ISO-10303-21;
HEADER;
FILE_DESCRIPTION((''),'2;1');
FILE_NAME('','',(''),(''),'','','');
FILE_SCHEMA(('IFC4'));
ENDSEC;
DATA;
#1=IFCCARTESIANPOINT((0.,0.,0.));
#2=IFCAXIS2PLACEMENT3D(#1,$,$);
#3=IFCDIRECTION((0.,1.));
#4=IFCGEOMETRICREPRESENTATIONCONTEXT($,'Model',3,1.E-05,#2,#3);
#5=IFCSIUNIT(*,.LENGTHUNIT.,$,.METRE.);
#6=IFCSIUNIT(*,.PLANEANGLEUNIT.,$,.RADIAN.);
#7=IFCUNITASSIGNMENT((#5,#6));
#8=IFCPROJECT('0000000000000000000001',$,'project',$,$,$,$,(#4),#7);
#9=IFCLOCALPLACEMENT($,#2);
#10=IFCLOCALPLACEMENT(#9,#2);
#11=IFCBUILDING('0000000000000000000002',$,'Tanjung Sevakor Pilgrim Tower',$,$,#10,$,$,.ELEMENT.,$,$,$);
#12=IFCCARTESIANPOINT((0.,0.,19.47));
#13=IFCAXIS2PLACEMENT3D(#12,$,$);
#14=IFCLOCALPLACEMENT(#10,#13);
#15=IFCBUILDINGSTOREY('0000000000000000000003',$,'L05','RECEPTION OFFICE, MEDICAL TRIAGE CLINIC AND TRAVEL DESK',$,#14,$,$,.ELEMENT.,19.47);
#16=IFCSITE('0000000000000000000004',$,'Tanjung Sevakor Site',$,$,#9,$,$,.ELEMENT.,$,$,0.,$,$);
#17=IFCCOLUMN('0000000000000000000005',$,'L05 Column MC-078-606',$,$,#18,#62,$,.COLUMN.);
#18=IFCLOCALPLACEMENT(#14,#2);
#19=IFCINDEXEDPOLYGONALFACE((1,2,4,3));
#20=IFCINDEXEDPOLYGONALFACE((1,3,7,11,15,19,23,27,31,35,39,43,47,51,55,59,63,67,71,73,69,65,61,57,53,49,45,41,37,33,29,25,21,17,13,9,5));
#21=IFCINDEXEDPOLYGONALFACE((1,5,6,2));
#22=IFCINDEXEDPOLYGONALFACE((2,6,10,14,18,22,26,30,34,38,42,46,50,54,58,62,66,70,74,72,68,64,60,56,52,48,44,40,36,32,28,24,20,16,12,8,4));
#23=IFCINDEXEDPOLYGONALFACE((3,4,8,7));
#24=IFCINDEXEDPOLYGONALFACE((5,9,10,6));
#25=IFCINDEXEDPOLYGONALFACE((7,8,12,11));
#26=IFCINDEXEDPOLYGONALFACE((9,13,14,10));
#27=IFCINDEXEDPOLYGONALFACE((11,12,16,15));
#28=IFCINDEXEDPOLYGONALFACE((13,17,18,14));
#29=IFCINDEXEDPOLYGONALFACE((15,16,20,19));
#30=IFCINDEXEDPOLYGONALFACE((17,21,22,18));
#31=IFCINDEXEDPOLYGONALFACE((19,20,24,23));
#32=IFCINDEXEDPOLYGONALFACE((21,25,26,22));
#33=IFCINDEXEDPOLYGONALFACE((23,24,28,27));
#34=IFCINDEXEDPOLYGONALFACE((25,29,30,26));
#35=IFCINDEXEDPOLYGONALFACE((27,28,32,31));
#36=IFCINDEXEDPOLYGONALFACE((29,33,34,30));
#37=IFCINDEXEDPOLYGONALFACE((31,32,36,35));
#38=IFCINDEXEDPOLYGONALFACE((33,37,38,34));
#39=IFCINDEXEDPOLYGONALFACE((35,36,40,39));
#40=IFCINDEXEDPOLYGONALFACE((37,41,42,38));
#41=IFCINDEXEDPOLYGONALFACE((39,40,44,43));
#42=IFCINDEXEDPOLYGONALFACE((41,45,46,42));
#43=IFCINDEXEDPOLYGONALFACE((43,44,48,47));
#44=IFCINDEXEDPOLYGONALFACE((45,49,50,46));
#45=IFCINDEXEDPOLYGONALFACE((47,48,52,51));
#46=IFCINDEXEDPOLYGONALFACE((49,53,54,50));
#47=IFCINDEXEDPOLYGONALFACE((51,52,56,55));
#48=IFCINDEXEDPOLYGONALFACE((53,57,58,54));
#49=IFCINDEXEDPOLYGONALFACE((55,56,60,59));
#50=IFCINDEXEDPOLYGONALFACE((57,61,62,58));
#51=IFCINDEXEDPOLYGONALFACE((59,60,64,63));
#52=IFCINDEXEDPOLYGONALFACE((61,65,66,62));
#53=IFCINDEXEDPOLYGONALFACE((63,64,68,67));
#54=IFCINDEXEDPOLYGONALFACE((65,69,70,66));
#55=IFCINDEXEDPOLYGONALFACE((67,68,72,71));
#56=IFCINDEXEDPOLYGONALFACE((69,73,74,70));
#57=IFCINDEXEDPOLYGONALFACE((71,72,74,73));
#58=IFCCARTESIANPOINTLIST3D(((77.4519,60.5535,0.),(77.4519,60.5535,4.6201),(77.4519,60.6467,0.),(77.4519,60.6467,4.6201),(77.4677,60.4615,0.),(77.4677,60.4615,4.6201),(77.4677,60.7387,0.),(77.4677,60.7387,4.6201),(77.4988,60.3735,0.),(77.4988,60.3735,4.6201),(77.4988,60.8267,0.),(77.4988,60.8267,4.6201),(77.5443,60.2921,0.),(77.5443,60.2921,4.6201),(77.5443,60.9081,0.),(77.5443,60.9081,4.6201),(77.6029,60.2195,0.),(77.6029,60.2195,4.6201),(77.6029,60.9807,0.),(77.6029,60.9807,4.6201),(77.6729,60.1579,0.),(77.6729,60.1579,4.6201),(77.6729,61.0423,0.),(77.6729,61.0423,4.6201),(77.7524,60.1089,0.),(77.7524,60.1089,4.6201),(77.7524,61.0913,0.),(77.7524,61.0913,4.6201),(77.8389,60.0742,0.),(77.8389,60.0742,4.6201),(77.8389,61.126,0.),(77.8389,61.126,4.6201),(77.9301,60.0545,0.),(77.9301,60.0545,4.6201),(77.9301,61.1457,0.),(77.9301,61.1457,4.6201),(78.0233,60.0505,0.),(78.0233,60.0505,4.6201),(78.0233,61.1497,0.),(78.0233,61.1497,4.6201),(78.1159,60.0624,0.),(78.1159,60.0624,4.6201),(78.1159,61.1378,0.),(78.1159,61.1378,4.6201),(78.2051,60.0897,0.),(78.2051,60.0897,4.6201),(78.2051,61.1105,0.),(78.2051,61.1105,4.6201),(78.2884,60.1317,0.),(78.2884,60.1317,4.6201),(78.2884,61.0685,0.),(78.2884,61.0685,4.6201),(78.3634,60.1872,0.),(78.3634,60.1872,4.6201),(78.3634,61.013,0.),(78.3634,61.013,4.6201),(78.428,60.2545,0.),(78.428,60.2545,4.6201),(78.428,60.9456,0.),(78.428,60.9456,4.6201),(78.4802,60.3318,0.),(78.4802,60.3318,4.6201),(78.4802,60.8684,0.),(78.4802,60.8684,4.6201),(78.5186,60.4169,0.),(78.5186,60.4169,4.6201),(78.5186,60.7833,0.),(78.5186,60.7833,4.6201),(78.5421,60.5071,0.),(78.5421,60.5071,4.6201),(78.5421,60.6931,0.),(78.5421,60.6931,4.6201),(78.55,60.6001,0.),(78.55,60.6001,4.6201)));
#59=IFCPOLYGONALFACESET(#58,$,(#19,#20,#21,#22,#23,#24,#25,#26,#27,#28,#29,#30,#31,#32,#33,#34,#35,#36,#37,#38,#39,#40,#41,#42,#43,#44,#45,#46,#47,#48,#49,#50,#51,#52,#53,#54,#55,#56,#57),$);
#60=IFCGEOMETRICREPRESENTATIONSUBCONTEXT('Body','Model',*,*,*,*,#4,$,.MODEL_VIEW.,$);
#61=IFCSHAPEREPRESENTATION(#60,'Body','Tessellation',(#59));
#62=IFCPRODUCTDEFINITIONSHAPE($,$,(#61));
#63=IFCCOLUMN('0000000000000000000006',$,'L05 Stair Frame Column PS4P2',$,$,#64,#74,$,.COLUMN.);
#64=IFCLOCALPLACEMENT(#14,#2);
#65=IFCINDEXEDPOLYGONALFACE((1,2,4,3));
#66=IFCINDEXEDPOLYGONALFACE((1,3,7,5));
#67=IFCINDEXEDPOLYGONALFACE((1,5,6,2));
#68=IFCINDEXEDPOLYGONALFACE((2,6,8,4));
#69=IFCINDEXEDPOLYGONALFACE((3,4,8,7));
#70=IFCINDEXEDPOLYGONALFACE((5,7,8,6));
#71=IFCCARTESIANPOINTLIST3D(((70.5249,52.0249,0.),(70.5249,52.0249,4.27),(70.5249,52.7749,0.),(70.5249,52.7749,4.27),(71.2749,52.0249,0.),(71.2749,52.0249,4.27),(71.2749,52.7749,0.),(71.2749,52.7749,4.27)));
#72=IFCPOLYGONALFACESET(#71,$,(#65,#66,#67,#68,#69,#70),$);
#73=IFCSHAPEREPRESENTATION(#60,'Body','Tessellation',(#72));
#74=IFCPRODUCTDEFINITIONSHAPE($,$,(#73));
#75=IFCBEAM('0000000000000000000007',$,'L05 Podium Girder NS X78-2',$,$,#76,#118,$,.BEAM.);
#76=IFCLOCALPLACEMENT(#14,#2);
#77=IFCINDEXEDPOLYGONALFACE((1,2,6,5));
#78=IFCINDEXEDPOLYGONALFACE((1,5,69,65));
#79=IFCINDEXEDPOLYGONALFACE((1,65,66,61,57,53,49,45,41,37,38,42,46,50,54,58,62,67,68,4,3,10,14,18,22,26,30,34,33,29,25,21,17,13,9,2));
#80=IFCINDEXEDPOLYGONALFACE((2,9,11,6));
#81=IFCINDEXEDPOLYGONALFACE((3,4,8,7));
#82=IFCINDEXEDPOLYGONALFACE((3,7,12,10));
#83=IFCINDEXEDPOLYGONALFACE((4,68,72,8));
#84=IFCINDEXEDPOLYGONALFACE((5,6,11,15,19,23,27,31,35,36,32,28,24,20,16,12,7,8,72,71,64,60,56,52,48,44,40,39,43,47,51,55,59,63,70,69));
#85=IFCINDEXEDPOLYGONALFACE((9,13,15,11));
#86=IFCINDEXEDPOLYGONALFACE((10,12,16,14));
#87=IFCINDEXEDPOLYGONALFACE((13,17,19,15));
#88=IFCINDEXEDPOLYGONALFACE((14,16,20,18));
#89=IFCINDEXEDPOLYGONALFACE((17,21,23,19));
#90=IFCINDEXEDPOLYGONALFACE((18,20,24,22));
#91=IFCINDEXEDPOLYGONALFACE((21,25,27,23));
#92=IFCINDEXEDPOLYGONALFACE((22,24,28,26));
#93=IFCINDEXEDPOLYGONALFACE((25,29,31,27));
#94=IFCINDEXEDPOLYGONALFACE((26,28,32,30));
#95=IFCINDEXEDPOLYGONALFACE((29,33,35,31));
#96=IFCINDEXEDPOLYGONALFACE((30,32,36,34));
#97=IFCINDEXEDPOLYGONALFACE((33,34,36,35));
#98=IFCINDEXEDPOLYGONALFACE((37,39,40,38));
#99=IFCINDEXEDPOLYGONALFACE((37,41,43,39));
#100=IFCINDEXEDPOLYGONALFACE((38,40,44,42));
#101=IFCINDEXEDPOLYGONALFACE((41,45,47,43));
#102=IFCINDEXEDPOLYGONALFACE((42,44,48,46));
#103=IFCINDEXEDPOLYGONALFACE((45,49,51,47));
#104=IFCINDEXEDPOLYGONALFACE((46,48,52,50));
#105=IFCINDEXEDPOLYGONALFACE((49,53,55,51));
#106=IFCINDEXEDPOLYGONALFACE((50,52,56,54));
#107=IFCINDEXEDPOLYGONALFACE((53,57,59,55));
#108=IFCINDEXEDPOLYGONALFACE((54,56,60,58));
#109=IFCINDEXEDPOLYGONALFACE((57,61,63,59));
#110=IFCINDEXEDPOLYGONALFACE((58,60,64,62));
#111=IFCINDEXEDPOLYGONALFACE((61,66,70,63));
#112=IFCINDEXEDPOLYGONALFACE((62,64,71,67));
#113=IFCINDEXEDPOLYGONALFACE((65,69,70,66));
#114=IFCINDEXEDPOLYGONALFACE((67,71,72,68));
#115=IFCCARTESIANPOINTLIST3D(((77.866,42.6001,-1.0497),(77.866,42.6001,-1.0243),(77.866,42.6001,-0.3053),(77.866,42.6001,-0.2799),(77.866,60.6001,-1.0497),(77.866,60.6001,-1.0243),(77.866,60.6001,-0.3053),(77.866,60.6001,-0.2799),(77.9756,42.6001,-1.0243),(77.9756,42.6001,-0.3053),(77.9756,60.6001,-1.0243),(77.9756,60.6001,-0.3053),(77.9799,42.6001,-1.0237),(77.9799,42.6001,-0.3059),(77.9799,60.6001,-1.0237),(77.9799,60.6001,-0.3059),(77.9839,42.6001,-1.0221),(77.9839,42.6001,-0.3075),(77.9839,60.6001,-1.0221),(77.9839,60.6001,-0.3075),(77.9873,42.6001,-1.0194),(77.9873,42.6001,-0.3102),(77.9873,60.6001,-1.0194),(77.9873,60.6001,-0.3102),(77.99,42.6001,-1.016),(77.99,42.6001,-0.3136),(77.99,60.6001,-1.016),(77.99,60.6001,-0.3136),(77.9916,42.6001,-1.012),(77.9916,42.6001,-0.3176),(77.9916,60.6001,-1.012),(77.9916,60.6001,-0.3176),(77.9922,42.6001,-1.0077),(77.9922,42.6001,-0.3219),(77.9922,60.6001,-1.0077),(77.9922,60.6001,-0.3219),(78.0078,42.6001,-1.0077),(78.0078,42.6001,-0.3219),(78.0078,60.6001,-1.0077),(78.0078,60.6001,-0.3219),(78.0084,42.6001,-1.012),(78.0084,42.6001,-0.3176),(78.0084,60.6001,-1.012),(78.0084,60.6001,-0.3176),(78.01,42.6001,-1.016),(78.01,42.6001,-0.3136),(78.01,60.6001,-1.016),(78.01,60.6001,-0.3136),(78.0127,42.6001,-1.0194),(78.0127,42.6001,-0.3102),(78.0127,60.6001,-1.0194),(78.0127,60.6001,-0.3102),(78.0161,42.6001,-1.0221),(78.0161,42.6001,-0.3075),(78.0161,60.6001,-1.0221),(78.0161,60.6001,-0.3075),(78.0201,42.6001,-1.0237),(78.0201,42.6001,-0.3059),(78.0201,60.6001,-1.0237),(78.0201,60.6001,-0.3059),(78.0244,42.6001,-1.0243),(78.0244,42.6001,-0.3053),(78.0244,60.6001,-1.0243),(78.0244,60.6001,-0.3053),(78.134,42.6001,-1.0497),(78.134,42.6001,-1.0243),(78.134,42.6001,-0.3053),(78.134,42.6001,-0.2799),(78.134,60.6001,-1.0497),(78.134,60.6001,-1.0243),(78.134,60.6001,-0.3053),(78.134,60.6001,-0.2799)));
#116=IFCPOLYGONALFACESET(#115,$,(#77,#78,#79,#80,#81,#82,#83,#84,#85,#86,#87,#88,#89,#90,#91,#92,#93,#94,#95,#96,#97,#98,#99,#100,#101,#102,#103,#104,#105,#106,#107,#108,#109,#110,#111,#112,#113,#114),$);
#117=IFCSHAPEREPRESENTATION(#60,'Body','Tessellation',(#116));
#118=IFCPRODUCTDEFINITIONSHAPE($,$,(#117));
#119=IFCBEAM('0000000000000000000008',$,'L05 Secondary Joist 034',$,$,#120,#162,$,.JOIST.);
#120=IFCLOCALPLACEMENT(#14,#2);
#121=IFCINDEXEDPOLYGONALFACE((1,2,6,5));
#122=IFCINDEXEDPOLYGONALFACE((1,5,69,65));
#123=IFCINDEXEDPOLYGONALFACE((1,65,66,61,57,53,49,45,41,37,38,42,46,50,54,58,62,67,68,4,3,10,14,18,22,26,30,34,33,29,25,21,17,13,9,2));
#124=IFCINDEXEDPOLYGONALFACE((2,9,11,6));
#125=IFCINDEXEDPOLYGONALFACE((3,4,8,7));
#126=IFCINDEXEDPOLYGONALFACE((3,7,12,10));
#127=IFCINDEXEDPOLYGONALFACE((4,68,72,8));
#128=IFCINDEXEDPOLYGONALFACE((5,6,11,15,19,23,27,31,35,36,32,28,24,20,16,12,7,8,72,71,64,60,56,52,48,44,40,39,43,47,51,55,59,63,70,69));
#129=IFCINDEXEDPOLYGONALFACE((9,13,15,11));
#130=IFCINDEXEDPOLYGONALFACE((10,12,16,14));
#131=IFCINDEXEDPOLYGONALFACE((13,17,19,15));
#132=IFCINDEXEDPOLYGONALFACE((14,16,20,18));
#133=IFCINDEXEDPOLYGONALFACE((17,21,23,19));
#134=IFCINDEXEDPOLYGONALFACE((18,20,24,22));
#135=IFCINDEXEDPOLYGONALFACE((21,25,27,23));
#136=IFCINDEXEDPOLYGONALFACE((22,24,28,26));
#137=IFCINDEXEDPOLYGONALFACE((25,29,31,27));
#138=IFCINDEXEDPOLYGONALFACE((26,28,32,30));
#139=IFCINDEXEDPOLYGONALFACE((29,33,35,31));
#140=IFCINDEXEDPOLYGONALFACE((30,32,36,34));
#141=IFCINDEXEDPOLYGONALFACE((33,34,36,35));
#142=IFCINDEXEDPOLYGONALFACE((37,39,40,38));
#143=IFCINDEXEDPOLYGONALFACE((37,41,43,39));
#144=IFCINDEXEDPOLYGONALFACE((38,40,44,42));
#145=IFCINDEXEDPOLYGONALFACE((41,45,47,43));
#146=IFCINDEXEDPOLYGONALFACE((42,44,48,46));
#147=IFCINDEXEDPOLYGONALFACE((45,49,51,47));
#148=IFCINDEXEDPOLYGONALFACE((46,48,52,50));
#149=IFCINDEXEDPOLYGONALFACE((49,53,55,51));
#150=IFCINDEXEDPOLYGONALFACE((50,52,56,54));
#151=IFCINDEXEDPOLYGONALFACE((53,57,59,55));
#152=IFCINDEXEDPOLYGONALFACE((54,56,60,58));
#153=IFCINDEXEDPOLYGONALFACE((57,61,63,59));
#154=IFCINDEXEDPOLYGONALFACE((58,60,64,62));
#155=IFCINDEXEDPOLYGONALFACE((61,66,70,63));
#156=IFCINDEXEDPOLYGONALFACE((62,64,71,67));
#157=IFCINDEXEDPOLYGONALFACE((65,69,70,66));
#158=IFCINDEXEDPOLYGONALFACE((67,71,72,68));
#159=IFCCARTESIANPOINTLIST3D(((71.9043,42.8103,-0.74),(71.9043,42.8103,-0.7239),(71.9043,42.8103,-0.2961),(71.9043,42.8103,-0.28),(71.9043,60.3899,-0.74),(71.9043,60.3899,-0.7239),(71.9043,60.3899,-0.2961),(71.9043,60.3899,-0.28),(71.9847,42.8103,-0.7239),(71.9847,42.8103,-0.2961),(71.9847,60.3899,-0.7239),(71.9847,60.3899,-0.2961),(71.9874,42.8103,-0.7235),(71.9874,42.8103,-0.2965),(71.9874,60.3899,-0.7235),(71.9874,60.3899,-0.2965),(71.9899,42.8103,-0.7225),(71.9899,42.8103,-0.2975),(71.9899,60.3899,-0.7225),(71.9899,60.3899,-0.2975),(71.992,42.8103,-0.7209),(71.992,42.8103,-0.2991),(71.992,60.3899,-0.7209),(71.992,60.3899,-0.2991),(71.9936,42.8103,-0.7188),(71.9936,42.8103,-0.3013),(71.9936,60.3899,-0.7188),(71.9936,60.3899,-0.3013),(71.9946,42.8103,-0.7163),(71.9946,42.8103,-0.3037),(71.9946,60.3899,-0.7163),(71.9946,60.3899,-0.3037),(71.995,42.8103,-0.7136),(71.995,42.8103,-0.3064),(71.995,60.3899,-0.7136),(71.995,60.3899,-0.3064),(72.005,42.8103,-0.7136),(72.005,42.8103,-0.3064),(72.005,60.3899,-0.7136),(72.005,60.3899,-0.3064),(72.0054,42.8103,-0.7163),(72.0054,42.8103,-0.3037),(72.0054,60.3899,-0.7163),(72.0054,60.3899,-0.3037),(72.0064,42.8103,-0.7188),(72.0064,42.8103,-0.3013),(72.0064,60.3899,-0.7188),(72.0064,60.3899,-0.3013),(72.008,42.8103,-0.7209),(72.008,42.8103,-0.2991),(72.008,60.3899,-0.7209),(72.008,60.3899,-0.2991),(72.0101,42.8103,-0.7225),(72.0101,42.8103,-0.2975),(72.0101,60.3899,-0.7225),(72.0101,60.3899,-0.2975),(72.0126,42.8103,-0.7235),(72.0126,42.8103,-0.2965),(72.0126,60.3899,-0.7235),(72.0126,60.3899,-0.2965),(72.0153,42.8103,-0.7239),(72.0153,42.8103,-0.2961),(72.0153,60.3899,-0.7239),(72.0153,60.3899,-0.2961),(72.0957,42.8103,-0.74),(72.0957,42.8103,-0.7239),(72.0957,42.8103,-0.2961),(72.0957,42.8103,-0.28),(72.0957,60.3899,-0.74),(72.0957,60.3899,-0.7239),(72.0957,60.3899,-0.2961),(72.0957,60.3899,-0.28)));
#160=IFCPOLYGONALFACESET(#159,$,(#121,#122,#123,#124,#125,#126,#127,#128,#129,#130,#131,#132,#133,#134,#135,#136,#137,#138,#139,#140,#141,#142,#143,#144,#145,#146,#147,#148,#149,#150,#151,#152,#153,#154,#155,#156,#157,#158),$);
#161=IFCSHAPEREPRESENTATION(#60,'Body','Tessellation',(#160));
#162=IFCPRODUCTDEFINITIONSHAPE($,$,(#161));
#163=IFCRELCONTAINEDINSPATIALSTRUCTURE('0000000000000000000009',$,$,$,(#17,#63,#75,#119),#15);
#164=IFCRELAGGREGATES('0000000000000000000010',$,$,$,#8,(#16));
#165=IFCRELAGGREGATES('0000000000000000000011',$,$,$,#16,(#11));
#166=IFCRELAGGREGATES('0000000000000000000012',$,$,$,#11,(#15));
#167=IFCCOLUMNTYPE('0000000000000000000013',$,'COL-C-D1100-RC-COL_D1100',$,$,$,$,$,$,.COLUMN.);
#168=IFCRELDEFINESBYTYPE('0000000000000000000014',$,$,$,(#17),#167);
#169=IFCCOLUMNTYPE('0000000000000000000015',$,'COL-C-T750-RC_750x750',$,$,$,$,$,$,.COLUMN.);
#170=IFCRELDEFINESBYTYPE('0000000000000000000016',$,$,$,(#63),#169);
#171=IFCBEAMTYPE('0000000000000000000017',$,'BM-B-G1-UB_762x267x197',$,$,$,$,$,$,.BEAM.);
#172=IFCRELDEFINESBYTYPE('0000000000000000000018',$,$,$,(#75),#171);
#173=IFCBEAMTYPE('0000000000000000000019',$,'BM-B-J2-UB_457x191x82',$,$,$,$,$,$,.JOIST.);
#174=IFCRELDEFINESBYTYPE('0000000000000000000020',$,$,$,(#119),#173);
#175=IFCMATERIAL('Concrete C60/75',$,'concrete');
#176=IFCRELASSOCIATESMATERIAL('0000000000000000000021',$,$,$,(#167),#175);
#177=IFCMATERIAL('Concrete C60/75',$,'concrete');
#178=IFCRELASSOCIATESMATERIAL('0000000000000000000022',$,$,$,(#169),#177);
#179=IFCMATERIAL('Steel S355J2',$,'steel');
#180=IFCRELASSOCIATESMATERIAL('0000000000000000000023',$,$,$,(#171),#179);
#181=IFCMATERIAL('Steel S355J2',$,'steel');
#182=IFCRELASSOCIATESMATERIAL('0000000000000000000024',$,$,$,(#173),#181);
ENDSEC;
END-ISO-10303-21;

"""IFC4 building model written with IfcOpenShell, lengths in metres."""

from ifc_helpers import new_model, si_unit, direction, frame, origin, origin_2d, place, context, subcontext, project, spatial, rectangle, circle, i_section, extrude, material, material_profile, profile_set, type_object, element, save


model = new_model("IFC4")

# Units and contexts
model_context = context("Model", 3, precision=1e-05, world=origin(), true_north=direction((0.0, 1.0)))
body_context = subcontext(model_context, "Body", "Model", "MODEL_VIEW")
ifc_project = project(units=[si_unit("LENGTHUNIT", "METRE"), si_unit("PLANEANGLEUNIT", "RADIAN")], contexts=[model_context])

# Site, building, storey
site_placement = place(None, origin())
site = spatial("IfcSite", under=ifc_project, at=site_placement, Name="Tanjung Sevakor Site", CompositionType="ELEMENT", RefElevation=0.0)
building_placement = place(site_placement, origin())
building = spatial("IfcBuilding", under=site, at=building_placement, Name="Tanjung Sevakor Pilgrim Tower", CompositionType="ELEMENT")
storey_placement = place(building_placement, frame((0.0, 0.0, 19.47)))
storey = spatial("IfcBuildingStorey", under=building, at=storey_placement, Name="L05", Description="RECEPTION OFFICE, MEDICAL TRIAGE CLINIC AND TRAVEL DESK", CompositionType="ELEMENT", Elevation=19.47)

# Columns
ifc_material_1 = material(Name="Concrete C60/75", Category="concrete")
ifc_material_profile_1 = material_profile(ifc_material_1, circle(Radius=0.55, at=origin_2d()))
ifc_profile_set_1 = profile_set([ifc_material_profile_1], Name="Concrete C60/75")
column_type_1 = type_object("IfcColumnType", Name="COL-C-D1100-RC-COL_D1100", PredefinedType="COLUMN", material=ifc_profile_set_1)
column_1_placement = place(storey_placement, frame((78.0, 60.6001, 0.0), z_axis=(0.0, 0.0, 1.0), x_axis=(1.0, 0.0, 0.0)))
element("IfcColumn", 1, at=column_1_placement, inside=storey, type_object=column_type_1, Name="L05 Column MC-078-606", PredefinedType="COLUMN", context=body_context, shape_type="SweptSolid", body=[
    extrude(circle(Radius=0.55, at=origin_2d()), origin(), (0.0, 0.0, 1.0), 4.6201),
])
ifc_material_2 = material(Name="Concrete C60/75", Category="concrete")
ifc_material_profile_2 = material_profile(ifc_material_2, rectangle(XDim=0.75, YDim=0.75, at=origin_2d()))
ifc_profile_set_2 = profile_set([ifc_material_profile_2], Name="Concrete C60/75")
column_type_2 = type_object("IfcColumnType", Name="COL-C-T750-RC_750x750", PredefinedType="COLUMN", material=ifc_profile_set_2)
column_2_placement = place(storey_placement, frame((70.8999, 52.3999, 0.0), z_axis=(0.0, 0.0, 1.0), x_axis=(1.0, 0.0, 0.0)))
element("IfcColumn", 2, at=column_2_placement, inside=storey, type_object=column_type_2, Name="L05 Stair Frame Column PS4P2", PredefinedType="COLUMN", context=body_context, shape_type="SweptSolid", body=[
    extrude(rectangle(XDim=0.75, YDim=0.75, at=origin_2d()), origin(), (0.0, 0.0, 1.0), 4.27),
])

# Beams
ifc_material_3 = material(Name="Steel S355J2", Category="steel")
ifc_material_profile_3 = material_profile(ifc_material_3, i_section(OverallWidth=0.2681, OverallDepth=0.7698, WebThickness=0.0156, FlangeThickness=0.0254, FilletRadius=0.0166, at=origin_2d()))
ifc_profile_set_3 = profile_set([ifc_material_profile_3], Name="Steel S355J2")
beam_type_1 = type_object("IfcBeamType", Name="BM-B-G1-UB_762x267x197", PredefinedType="BEAM", material=ifc_profile_set_3)
beam_1_placement = place(storey_placement, frame((78.0, 42.6001, -0.6648), z_axis=(0.0, 1.0, 0.0), x_axis=(-1.0, 0.0, 0.0)))
element("IfcBeam", 3, at=beam_1_placement, inside=storey, type_object=beam_type_1, Name="L05 Podium Girder NS X78-2", PredefinedType="BEAM", context=body_context, shape_type="SweptSolid", body=[
    extrude(i_section(OverallWidth=0.2681, OverallDepth=0.7698, WebThickness=0.0156, FlangeThickness=0.0254, FilletRadius=0.0166, at=origin_2d()), origin(), (0.0, 0.0, 1.0), 18.0),
])
ifc_material_4 = material(Name="Steel S355J2", Category="steel")
ifc_material_profile_4 = material_profile(ifc_material_4, i_section(OverallWidth=0.1914, OverallDepth=0.46, WebThickness=0.01, FlangeThickness=0.0161, FilletRadius=0.0103, at=origin_2d()))
ifc_profile_set_4 = profile_set([ifc_material_profile_4], Name="Steel S355J2")
beam_type_2 = type_object("IfcBeamType", Name="BM-B-J2-UB_457x191x82", PredefinedType="JOIST", material=ifc_profile_set_4)
for number, where, z_axis, x_axis, name in (
    (4, (72.0, 42.8103, -0.51), (0.0, 1.0, 0.0), (-1.0, 0.0, 0.0), "L05 Secondary Joist 034"),
):
    element("IfcBeam", number, at=place(storey_placement, frame(where, z_axis=z_axis, x_axis=x_axis)), inside=storey, type_object=beam_type_2, Name=name, PredefinedType="JOIST", context=body_context, shape_type="SweptSolid", body=[
        extrude(i_section(OverallWidth=0.1914, OverallDepth=0.46, WebThickness=0.01, FlangeThickness=0.0161, FilletRadius=0.0103, at=origin_2d()), origin(), (0.0, 0.0, 1.0), 17.5796),
    ])

save(model, "model.ifc")
